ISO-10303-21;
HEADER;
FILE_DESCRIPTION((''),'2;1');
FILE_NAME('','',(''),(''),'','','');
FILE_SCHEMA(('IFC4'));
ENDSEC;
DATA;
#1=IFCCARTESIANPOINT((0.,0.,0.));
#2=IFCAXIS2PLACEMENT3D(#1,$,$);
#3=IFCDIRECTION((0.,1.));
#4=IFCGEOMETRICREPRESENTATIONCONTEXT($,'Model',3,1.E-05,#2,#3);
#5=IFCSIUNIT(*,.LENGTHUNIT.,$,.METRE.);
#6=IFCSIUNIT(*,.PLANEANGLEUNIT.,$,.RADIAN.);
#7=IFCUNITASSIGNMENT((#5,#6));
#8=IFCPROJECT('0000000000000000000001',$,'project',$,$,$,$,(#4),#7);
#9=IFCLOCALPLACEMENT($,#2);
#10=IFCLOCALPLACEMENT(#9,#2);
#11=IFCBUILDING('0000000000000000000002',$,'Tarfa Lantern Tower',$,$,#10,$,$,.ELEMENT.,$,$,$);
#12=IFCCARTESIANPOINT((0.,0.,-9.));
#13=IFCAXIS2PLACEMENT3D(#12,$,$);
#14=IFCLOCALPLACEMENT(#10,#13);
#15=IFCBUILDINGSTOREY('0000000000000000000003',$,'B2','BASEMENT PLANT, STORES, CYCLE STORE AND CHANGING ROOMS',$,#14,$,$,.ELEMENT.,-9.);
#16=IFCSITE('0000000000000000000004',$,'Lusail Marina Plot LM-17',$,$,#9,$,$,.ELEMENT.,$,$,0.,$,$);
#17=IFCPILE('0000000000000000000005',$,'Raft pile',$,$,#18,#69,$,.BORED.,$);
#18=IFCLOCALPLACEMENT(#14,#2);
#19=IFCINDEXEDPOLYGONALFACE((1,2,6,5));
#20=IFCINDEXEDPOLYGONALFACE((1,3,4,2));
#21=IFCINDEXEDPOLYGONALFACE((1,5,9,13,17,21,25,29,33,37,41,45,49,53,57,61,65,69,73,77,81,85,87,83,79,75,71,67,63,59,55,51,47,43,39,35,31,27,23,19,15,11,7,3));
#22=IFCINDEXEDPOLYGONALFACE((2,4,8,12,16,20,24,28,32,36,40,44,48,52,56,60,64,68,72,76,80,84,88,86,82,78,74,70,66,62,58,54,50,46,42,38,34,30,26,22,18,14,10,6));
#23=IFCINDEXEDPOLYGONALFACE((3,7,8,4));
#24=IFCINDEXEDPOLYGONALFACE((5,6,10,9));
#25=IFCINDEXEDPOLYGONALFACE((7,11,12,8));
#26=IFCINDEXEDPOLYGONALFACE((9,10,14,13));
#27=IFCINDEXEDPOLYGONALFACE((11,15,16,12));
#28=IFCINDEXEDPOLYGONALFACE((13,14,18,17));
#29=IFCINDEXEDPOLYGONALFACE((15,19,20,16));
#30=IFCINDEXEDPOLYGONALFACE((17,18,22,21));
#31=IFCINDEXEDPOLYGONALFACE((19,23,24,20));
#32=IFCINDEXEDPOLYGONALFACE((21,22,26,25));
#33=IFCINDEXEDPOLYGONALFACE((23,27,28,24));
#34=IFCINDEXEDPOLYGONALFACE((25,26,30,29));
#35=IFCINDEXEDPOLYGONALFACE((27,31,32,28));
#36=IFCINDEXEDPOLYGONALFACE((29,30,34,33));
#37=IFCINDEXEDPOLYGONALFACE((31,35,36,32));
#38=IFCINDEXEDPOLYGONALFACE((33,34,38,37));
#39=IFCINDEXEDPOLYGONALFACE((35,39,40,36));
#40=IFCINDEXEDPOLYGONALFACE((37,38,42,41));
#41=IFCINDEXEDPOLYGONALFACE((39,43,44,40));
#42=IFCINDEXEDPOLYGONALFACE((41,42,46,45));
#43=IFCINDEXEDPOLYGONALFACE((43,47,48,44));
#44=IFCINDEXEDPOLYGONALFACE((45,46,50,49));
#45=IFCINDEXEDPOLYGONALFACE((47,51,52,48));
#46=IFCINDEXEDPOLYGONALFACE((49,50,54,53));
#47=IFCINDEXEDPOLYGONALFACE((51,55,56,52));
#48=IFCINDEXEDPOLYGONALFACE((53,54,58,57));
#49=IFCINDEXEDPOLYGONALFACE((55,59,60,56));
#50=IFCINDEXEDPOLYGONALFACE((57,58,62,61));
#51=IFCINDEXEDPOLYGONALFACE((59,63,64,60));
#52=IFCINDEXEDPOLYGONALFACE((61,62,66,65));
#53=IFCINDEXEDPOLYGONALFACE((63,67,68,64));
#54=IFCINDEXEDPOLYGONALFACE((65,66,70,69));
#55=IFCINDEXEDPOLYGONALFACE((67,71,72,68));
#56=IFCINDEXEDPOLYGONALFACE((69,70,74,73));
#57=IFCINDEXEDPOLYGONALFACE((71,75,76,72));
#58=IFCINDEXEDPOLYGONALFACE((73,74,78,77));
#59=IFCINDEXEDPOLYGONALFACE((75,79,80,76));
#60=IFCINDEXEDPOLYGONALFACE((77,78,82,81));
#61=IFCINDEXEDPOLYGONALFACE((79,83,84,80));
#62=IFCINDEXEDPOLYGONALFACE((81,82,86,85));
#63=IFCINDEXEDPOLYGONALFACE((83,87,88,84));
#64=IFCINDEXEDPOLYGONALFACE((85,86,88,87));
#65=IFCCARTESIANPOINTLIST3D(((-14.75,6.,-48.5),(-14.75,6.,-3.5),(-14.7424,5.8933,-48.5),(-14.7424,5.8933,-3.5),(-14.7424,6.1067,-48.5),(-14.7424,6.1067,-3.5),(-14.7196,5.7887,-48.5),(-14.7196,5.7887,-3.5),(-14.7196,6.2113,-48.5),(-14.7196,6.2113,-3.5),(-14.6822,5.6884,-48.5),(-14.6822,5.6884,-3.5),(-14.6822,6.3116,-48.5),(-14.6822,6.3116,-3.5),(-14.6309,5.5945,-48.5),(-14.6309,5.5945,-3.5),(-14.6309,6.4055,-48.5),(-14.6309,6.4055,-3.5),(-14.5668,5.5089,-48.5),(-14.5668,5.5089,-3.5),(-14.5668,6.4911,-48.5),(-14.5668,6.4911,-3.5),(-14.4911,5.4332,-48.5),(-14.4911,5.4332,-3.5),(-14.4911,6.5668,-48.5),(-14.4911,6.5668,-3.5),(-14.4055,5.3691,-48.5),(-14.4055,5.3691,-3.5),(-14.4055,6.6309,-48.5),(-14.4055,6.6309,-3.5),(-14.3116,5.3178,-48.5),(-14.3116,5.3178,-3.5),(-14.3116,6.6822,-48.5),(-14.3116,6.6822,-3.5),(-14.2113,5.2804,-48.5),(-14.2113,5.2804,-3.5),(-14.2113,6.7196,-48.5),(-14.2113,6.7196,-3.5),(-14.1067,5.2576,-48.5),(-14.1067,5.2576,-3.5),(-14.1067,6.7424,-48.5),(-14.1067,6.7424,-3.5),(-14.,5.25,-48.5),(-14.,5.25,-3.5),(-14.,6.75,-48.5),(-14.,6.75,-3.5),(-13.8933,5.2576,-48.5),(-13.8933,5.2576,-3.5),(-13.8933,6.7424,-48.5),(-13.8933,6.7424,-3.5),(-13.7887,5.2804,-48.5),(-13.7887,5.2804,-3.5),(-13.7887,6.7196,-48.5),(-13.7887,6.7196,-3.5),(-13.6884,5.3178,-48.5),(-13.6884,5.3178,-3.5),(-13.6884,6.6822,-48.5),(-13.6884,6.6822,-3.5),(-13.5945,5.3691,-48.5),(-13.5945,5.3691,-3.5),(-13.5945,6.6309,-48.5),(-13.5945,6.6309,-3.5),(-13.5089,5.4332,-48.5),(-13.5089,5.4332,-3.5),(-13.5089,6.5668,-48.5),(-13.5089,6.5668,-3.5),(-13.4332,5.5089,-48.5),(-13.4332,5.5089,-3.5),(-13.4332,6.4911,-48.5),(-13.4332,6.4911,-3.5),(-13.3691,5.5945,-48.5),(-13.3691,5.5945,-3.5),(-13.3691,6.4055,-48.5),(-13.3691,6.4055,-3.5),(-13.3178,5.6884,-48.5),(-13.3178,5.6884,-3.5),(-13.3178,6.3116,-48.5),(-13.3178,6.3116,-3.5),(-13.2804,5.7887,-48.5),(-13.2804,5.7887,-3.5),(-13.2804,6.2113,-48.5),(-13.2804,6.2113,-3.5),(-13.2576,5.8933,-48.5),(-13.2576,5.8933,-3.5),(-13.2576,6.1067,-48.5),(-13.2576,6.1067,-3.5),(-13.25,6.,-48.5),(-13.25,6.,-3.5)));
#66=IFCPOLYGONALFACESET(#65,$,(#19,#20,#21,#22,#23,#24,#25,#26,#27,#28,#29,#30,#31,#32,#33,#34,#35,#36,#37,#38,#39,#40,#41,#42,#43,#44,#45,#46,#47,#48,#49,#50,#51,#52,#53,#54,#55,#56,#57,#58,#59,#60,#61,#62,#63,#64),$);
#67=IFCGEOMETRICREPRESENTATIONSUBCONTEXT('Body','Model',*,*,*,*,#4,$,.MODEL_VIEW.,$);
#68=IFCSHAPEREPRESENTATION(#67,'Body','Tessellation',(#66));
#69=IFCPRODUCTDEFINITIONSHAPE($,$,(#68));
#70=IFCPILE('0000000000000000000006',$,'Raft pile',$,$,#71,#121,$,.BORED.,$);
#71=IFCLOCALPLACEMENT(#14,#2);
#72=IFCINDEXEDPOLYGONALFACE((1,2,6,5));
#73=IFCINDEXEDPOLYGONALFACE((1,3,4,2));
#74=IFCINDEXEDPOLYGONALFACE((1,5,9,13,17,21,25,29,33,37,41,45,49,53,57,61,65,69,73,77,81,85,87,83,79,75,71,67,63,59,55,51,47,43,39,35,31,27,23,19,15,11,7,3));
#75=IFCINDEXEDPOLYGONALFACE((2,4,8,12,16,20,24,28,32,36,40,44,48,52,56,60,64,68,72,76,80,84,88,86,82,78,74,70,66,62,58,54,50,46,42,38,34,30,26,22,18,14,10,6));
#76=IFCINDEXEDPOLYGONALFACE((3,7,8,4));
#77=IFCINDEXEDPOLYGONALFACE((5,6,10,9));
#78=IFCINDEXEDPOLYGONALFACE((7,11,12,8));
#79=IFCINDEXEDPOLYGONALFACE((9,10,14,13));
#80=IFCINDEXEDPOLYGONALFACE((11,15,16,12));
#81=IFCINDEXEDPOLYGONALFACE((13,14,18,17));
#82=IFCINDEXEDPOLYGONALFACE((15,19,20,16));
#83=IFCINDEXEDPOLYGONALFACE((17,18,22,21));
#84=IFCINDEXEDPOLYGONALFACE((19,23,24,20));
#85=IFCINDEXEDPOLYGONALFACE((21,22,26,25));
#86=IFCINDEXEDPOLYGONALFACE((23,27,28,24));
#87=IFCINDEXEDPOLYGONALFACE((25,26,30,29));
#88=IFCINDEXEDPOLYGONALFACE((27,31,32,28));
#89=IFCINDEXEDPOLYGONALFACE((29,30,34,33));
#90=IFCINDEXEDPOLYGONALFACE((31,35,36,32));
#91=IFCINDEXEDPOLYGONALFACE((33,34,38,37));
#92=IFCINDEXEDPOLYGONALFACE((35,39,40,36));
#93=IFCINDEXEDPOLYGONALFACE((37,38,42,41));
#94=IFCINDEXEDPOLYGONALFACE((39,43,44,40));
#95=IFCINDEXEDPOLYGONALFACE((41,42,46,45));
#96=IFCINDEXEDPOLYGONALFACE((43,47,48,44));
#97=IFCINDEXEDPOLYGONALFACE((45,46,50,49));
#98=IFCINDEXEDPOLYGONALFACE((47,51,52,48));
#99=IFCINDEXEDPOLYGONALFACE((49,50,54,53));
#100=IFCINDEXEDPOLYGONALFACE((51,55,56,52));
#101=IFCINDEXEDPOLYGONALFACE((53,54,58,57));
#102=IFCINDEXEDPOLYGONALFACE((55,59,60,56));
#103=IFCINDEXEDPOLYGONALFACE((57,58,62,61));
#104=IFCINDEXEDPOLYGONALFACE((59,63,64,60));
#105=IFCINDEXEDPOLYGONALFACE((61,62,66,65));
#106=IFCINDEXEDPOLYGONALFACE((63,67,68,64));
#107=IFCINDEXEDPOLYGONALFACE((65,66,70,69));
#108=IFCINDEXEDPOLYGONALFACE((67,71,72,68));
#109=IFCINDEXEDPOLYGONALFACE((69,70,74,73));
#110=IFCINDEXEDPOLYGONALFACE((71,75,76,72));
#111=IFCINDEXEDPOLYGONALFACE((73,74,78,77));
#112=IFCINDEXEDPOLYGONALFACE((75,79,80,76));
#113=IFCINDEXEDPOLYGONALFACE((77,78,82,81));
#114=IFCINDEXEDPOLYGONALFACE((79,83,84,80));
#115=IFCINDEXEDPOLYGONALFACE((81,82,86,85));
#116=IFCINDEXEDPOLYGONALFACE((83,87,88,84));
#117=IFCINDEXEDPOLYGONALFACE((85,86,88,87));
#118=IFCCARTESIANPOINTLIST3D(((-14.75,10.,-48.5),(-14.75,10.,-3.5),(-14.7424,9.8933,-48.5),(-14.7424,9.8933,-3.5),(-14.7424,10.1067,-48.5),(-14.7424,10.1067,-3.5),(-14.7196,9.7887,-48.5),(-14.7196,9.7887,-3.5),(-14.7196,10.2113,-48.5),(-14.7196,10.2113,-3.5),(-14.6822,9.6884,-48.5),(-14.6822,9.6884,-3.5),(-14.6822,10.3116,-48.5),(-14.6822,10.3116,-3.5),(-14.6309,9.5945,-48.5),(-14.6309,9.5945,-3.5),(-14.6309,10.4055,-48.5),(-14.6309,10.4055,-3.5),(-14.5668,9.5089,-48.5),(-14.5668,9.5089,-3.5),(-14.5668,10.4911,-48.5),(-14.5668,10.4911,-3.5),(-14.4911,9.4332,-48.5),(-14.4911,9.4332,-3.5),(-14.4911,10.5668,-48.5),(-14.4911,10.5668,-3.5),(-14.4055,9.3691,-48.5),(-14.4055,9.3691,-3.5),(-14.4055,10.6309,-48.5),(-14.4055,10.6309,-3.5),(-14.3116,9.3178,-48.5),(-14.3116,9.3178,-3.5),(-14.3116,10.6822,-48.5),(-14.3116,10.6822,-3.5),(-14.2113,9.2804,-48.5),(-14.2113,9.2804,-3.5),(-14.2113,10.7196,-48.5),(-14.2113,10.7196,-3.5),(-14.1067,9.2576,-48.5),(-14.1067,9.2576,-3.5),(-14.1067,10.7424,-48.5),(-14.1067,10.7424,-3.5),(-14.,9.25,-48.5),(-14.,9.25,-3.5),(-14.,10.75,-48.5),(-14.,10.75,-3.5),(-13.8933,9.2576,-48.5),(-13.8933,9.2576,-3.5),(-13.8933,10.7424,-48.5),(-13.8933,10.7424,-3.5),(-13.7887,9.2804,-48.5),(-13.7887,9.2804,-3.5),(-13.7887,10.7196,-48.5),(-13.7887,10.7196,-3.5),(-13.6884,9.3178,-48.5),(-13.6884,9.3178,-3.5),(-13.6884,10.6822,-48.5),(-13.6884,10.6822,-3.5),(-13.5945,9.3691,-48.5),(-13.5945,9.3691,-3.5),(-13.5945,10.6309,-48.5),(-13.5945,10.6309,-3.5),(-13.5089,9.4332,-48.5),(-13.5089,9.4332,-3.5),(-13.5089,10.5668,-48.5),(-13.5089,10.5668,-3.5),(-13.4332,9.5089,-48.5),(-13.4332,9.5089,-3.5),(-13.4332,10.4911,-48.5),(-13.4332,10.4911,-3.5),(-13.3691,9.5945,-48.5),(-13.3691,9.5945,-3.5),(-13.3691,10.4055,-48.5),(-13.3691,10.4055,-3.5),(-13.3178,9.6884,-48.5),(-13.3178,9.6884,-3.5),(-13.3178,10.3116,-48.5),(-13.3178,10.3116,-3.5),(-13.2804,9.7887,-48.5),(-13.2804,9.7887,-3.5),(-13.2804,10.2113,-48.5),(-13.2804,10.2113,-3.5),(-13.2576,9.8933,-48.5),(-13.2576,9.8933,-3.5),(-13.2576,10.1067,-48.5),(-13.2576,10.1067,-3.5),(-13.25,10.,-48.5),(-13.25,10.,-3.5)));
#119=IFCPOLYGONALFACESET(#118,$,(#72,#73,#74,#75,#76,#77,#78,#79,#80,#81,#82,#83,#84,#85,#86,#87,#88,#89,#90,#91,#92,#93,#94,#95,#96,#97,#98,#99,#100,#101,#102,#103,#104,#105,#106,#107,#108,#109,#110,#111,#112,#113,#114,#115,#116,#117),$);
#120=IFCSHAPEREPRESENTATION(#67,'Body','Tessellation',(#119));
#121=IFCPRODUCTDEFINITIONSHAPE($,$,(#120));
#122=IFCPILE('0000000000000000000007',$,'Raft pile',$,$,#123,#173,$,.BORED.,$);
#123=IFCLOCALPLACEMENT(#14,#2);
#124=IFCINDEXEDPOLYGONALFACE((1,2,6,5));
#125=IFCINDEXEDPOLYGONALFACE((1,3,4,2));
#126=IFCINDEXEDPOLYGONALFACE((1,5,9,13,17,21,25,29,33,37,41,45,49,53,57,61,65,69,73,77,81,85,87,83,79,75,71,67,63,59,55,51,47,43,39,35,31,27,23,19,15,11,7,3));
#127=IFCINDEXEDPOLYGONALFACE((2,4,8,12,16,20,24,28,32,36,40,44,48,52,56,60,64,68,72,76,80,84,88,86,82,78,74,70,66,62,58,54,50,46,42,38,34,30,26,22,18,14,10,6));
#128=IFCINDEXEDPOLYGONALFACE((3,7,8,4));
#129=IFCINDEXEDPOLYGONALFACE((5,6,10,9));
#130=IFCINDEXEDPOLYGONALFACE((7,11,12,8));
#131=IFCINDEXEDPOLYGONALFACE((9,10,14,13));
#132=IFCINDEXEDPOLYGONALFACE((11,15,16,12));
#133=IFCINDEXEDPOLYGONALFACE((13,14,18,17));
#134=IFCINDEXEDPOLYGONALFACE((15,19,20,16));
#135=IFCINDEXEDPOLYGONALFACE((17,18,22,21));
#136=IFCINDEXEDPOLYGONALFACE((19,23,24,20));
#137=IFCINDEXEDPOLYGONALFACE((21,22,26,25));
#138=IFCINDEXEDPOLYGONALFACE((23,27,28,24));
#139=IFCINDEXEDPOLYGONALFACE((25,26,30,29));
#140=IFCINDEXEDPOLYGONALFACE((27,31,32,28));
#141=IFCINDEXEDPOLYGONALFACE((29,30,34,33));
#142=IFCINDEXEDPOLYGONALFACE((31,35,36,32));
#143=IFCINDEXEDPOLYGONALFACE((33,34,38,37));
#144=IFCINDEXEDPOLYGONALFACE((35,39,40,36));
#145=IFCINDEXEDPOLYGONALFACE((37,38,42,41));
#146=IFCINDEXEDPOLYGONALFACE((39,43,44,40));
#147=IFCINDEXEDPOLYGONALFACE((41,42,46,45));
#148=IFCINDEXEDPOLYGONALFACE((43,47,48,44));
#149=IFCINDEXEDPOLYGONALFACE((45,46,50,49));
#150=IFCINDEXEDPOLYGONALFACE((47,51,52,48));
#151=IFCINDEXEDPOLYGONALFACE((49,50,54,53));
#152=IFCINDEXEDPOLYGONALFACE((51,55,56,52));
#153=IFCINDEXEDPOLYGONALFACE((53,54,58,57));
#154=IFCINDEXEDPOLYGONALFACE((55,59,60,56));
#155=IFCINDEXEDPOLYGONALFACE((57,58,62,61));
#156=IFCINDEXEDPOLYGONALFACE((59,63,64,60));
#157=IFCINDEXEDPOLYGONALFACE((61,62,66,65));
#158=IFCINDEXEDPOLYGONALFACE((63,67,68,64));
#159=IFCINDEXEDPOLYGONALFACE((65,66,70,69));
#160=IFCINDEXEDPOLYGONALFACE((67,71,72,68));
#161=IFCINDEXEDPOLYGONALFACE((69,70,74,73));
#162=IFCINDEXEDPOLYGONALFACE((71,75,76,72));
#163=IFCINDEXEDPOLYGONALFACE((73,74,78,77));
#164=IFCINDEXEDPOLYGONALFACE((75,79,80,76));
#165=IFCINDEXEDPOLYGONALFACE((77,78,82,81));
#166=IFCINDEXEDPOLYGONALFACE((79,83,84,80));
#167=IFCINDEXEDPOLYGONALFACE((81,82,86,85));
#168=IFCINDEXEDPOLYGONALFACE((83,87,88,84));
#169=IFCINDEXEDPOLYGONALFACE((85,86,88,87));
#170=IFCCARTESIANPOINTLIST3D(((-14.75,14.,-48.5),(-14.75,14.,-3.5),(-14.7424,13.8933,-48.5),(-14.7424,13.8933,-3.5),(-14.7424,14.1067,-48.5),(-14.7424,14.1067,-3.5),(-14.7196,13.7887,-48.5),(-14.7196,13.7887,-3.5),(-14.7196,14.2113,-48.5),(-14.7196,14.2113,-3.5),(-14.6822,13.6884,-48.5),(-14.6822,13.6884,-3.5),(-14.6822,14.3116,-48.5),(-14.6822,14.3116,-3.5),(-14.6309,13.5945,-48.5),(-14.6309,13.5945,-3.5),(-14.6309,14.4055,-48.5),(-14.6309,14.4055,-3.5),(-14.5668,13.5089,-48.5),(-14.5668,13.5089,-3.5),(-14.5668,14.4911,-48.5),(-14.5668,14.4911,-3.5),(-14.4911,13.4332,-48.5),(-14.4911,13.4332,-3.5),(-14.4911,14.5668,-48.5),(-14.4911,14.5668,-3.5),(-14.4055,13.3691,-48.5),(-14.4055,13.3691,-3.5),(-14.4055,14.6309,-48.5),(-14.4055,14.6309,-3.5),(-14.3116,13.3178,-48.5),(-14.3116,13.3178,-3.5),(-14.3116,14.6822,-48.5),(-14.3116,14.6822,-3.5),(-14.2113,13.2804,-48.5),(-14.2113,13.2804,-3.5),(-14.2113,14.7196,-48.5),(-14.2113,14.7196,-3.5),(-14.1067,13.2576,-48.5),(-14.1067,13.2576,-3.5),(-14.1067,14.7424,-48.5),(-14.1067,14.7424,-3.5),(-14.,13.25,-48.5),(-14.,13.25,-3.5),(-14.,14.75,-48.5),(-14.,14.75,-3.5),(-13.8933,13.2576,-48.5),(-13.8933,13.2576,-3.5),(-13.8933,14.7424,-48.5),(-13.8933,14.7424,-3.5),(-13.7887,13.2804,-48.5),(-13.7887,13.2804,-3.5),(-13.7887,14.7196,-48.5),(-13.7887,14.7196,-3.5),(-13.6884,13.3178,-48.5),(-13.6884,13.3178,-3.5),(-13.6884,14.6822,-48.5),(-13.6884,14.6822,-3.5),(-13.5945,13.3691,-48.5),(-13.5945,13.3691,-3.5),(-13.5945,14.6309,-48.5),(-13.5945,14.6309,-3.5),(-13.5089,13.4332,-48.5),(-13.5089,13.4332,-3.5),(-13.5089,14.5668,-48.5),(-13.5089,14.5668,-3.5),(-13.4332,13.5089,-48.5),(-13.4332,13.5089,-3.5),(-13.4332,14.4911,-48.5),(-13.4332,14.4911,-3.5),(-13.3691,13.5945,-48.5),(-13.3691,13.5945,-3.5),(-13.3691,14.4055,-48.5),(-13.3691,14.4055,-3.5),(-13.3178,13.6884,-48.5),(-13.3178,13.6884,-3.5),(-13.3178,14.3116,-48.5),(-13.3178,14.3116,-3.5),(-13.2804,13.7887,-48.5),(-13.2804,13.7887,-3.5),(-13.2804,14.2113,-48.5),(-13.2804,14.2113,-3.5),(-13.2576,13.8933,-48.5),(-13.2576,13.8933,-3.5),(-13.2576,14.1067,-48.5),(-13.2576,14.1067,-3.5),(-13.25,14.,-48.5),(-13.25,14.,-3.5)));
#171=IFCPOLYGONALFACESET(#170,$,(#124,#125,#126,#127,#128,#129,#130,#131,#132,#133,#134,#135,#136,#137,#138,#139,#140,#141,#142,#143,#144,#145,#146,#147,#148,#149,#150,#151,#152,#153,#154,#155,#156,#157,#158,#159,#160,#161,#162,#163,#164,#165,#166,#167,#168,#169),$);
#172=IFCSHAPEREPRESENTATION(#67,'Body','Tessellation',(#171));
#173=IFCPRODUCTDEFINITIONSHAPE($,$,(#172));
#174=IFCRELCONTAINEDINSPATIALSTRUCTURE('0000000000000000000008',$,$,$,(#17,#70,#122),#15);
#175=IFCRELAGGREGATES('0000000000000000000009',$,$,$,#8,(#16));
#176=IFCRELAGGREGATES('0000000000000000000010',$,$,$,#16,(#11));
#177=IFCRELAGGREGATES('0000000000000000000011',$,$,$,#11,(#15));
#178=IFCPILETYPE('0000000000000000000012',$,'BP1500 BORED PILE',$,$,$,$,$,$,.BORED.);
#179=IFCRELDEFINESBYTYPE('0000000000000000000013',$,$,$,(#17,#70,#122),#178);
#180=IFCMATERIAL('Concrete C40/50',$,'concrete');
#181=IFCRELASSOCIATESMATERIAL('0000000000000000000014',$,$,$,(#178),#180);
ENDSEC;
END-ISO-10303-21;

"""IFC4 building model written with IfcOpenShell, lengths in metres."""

from ifc_helpers import new_model, si_unit, direction, frame, origin, origin_2d, place, context, subcontext, project, spatial, circle, extrude, material, material_profile, profile_set, type_object, element, save


model = new_model("IFC4")

# Units and contexts
model_context = context("Model", 3, precision=1e-05, world=origin(), true_north=direction((0.0, 1.0)))
body_context = subcontext(model_context, "Body", "Model", "MODEL_VIEW")
ifc_project = project(units=[si_unit("LENGTHUNIT", "METRE"), si_unit("PLANEANGLEUNIT", "RADIAN")], contexts=[model_context])

# Site, building, storey
site_placement = place(None, origin())
site = spatial("IfcSite", under=ifc_project, at=site_placement, Name="Lusail Marina Plot LM-17", CompositionType="ELEMENT", RefElevation=0.0)
building_placement = place(site_placement, origin())
building = spatial("IfcBuilding", under=site, at=building_placement, Name="Tarfa Lantern Tower", CompositionType="ELEMENT")
storey_placement = place(building_placement, frame((0.0, 0.0, -9.0)))
storey = spatial("IfcBuildingStorey", under=building, at=storey_placement, Name="B2", Description="BASEMENT PLANT, STORES, CYCLE STORE AND CHANGING ROOMS", CompositionType="ELEMENT", Elevation=-9.0)

# Piles
ifc_material_1 = material(Name="Concrete C40/50", Category="concrete")
ifc_material_profile = material_profile(ifc_material_1, circle(Radius=0.75, at=origin_2d()), Name="BORED PILE D1500")
ifc_profile_set = profile_set([ifc_material_profile], Name="Concrete C40/50")
pile_type = type_object("IfcPileType", Name="BP1500 BORED PILE", PredefinedType="BORED", material=ifc_profile_set)
for number, where, z_axis, x_axis, name in (
    (1, (-14.0, 6.0, -3.5), (0.0, 0.0, -1.0), (1.0, 0.0, 0.0), "Raft pile"),
    (2, (-14.0, 10.0, -3.5), (0.0, 0.0, -1.0), (1.0, 0.0, 0.0), "Raft pile"),
    (3, (-14.0, 14.0, -3.5), (0.0, 0.0, -1.0), (1.0, 0.0, 0.0), "Raft pile"),
):
    element("IfcPile", number, at=place(storey_placement, frame(where, z_axis=z_axis, x_axis=x_axis)), inside=storey, type_object=pile_type, Name=name, PredefinedType="BORED", context=body_context, shape_type="SweptSolid", body=[
        extrude(circle(Radius=0.75, at=origin_2d()), origin(), (0.0, 0.0, 1.0), 45.0),
    ])

save(model, "model.ifc")
